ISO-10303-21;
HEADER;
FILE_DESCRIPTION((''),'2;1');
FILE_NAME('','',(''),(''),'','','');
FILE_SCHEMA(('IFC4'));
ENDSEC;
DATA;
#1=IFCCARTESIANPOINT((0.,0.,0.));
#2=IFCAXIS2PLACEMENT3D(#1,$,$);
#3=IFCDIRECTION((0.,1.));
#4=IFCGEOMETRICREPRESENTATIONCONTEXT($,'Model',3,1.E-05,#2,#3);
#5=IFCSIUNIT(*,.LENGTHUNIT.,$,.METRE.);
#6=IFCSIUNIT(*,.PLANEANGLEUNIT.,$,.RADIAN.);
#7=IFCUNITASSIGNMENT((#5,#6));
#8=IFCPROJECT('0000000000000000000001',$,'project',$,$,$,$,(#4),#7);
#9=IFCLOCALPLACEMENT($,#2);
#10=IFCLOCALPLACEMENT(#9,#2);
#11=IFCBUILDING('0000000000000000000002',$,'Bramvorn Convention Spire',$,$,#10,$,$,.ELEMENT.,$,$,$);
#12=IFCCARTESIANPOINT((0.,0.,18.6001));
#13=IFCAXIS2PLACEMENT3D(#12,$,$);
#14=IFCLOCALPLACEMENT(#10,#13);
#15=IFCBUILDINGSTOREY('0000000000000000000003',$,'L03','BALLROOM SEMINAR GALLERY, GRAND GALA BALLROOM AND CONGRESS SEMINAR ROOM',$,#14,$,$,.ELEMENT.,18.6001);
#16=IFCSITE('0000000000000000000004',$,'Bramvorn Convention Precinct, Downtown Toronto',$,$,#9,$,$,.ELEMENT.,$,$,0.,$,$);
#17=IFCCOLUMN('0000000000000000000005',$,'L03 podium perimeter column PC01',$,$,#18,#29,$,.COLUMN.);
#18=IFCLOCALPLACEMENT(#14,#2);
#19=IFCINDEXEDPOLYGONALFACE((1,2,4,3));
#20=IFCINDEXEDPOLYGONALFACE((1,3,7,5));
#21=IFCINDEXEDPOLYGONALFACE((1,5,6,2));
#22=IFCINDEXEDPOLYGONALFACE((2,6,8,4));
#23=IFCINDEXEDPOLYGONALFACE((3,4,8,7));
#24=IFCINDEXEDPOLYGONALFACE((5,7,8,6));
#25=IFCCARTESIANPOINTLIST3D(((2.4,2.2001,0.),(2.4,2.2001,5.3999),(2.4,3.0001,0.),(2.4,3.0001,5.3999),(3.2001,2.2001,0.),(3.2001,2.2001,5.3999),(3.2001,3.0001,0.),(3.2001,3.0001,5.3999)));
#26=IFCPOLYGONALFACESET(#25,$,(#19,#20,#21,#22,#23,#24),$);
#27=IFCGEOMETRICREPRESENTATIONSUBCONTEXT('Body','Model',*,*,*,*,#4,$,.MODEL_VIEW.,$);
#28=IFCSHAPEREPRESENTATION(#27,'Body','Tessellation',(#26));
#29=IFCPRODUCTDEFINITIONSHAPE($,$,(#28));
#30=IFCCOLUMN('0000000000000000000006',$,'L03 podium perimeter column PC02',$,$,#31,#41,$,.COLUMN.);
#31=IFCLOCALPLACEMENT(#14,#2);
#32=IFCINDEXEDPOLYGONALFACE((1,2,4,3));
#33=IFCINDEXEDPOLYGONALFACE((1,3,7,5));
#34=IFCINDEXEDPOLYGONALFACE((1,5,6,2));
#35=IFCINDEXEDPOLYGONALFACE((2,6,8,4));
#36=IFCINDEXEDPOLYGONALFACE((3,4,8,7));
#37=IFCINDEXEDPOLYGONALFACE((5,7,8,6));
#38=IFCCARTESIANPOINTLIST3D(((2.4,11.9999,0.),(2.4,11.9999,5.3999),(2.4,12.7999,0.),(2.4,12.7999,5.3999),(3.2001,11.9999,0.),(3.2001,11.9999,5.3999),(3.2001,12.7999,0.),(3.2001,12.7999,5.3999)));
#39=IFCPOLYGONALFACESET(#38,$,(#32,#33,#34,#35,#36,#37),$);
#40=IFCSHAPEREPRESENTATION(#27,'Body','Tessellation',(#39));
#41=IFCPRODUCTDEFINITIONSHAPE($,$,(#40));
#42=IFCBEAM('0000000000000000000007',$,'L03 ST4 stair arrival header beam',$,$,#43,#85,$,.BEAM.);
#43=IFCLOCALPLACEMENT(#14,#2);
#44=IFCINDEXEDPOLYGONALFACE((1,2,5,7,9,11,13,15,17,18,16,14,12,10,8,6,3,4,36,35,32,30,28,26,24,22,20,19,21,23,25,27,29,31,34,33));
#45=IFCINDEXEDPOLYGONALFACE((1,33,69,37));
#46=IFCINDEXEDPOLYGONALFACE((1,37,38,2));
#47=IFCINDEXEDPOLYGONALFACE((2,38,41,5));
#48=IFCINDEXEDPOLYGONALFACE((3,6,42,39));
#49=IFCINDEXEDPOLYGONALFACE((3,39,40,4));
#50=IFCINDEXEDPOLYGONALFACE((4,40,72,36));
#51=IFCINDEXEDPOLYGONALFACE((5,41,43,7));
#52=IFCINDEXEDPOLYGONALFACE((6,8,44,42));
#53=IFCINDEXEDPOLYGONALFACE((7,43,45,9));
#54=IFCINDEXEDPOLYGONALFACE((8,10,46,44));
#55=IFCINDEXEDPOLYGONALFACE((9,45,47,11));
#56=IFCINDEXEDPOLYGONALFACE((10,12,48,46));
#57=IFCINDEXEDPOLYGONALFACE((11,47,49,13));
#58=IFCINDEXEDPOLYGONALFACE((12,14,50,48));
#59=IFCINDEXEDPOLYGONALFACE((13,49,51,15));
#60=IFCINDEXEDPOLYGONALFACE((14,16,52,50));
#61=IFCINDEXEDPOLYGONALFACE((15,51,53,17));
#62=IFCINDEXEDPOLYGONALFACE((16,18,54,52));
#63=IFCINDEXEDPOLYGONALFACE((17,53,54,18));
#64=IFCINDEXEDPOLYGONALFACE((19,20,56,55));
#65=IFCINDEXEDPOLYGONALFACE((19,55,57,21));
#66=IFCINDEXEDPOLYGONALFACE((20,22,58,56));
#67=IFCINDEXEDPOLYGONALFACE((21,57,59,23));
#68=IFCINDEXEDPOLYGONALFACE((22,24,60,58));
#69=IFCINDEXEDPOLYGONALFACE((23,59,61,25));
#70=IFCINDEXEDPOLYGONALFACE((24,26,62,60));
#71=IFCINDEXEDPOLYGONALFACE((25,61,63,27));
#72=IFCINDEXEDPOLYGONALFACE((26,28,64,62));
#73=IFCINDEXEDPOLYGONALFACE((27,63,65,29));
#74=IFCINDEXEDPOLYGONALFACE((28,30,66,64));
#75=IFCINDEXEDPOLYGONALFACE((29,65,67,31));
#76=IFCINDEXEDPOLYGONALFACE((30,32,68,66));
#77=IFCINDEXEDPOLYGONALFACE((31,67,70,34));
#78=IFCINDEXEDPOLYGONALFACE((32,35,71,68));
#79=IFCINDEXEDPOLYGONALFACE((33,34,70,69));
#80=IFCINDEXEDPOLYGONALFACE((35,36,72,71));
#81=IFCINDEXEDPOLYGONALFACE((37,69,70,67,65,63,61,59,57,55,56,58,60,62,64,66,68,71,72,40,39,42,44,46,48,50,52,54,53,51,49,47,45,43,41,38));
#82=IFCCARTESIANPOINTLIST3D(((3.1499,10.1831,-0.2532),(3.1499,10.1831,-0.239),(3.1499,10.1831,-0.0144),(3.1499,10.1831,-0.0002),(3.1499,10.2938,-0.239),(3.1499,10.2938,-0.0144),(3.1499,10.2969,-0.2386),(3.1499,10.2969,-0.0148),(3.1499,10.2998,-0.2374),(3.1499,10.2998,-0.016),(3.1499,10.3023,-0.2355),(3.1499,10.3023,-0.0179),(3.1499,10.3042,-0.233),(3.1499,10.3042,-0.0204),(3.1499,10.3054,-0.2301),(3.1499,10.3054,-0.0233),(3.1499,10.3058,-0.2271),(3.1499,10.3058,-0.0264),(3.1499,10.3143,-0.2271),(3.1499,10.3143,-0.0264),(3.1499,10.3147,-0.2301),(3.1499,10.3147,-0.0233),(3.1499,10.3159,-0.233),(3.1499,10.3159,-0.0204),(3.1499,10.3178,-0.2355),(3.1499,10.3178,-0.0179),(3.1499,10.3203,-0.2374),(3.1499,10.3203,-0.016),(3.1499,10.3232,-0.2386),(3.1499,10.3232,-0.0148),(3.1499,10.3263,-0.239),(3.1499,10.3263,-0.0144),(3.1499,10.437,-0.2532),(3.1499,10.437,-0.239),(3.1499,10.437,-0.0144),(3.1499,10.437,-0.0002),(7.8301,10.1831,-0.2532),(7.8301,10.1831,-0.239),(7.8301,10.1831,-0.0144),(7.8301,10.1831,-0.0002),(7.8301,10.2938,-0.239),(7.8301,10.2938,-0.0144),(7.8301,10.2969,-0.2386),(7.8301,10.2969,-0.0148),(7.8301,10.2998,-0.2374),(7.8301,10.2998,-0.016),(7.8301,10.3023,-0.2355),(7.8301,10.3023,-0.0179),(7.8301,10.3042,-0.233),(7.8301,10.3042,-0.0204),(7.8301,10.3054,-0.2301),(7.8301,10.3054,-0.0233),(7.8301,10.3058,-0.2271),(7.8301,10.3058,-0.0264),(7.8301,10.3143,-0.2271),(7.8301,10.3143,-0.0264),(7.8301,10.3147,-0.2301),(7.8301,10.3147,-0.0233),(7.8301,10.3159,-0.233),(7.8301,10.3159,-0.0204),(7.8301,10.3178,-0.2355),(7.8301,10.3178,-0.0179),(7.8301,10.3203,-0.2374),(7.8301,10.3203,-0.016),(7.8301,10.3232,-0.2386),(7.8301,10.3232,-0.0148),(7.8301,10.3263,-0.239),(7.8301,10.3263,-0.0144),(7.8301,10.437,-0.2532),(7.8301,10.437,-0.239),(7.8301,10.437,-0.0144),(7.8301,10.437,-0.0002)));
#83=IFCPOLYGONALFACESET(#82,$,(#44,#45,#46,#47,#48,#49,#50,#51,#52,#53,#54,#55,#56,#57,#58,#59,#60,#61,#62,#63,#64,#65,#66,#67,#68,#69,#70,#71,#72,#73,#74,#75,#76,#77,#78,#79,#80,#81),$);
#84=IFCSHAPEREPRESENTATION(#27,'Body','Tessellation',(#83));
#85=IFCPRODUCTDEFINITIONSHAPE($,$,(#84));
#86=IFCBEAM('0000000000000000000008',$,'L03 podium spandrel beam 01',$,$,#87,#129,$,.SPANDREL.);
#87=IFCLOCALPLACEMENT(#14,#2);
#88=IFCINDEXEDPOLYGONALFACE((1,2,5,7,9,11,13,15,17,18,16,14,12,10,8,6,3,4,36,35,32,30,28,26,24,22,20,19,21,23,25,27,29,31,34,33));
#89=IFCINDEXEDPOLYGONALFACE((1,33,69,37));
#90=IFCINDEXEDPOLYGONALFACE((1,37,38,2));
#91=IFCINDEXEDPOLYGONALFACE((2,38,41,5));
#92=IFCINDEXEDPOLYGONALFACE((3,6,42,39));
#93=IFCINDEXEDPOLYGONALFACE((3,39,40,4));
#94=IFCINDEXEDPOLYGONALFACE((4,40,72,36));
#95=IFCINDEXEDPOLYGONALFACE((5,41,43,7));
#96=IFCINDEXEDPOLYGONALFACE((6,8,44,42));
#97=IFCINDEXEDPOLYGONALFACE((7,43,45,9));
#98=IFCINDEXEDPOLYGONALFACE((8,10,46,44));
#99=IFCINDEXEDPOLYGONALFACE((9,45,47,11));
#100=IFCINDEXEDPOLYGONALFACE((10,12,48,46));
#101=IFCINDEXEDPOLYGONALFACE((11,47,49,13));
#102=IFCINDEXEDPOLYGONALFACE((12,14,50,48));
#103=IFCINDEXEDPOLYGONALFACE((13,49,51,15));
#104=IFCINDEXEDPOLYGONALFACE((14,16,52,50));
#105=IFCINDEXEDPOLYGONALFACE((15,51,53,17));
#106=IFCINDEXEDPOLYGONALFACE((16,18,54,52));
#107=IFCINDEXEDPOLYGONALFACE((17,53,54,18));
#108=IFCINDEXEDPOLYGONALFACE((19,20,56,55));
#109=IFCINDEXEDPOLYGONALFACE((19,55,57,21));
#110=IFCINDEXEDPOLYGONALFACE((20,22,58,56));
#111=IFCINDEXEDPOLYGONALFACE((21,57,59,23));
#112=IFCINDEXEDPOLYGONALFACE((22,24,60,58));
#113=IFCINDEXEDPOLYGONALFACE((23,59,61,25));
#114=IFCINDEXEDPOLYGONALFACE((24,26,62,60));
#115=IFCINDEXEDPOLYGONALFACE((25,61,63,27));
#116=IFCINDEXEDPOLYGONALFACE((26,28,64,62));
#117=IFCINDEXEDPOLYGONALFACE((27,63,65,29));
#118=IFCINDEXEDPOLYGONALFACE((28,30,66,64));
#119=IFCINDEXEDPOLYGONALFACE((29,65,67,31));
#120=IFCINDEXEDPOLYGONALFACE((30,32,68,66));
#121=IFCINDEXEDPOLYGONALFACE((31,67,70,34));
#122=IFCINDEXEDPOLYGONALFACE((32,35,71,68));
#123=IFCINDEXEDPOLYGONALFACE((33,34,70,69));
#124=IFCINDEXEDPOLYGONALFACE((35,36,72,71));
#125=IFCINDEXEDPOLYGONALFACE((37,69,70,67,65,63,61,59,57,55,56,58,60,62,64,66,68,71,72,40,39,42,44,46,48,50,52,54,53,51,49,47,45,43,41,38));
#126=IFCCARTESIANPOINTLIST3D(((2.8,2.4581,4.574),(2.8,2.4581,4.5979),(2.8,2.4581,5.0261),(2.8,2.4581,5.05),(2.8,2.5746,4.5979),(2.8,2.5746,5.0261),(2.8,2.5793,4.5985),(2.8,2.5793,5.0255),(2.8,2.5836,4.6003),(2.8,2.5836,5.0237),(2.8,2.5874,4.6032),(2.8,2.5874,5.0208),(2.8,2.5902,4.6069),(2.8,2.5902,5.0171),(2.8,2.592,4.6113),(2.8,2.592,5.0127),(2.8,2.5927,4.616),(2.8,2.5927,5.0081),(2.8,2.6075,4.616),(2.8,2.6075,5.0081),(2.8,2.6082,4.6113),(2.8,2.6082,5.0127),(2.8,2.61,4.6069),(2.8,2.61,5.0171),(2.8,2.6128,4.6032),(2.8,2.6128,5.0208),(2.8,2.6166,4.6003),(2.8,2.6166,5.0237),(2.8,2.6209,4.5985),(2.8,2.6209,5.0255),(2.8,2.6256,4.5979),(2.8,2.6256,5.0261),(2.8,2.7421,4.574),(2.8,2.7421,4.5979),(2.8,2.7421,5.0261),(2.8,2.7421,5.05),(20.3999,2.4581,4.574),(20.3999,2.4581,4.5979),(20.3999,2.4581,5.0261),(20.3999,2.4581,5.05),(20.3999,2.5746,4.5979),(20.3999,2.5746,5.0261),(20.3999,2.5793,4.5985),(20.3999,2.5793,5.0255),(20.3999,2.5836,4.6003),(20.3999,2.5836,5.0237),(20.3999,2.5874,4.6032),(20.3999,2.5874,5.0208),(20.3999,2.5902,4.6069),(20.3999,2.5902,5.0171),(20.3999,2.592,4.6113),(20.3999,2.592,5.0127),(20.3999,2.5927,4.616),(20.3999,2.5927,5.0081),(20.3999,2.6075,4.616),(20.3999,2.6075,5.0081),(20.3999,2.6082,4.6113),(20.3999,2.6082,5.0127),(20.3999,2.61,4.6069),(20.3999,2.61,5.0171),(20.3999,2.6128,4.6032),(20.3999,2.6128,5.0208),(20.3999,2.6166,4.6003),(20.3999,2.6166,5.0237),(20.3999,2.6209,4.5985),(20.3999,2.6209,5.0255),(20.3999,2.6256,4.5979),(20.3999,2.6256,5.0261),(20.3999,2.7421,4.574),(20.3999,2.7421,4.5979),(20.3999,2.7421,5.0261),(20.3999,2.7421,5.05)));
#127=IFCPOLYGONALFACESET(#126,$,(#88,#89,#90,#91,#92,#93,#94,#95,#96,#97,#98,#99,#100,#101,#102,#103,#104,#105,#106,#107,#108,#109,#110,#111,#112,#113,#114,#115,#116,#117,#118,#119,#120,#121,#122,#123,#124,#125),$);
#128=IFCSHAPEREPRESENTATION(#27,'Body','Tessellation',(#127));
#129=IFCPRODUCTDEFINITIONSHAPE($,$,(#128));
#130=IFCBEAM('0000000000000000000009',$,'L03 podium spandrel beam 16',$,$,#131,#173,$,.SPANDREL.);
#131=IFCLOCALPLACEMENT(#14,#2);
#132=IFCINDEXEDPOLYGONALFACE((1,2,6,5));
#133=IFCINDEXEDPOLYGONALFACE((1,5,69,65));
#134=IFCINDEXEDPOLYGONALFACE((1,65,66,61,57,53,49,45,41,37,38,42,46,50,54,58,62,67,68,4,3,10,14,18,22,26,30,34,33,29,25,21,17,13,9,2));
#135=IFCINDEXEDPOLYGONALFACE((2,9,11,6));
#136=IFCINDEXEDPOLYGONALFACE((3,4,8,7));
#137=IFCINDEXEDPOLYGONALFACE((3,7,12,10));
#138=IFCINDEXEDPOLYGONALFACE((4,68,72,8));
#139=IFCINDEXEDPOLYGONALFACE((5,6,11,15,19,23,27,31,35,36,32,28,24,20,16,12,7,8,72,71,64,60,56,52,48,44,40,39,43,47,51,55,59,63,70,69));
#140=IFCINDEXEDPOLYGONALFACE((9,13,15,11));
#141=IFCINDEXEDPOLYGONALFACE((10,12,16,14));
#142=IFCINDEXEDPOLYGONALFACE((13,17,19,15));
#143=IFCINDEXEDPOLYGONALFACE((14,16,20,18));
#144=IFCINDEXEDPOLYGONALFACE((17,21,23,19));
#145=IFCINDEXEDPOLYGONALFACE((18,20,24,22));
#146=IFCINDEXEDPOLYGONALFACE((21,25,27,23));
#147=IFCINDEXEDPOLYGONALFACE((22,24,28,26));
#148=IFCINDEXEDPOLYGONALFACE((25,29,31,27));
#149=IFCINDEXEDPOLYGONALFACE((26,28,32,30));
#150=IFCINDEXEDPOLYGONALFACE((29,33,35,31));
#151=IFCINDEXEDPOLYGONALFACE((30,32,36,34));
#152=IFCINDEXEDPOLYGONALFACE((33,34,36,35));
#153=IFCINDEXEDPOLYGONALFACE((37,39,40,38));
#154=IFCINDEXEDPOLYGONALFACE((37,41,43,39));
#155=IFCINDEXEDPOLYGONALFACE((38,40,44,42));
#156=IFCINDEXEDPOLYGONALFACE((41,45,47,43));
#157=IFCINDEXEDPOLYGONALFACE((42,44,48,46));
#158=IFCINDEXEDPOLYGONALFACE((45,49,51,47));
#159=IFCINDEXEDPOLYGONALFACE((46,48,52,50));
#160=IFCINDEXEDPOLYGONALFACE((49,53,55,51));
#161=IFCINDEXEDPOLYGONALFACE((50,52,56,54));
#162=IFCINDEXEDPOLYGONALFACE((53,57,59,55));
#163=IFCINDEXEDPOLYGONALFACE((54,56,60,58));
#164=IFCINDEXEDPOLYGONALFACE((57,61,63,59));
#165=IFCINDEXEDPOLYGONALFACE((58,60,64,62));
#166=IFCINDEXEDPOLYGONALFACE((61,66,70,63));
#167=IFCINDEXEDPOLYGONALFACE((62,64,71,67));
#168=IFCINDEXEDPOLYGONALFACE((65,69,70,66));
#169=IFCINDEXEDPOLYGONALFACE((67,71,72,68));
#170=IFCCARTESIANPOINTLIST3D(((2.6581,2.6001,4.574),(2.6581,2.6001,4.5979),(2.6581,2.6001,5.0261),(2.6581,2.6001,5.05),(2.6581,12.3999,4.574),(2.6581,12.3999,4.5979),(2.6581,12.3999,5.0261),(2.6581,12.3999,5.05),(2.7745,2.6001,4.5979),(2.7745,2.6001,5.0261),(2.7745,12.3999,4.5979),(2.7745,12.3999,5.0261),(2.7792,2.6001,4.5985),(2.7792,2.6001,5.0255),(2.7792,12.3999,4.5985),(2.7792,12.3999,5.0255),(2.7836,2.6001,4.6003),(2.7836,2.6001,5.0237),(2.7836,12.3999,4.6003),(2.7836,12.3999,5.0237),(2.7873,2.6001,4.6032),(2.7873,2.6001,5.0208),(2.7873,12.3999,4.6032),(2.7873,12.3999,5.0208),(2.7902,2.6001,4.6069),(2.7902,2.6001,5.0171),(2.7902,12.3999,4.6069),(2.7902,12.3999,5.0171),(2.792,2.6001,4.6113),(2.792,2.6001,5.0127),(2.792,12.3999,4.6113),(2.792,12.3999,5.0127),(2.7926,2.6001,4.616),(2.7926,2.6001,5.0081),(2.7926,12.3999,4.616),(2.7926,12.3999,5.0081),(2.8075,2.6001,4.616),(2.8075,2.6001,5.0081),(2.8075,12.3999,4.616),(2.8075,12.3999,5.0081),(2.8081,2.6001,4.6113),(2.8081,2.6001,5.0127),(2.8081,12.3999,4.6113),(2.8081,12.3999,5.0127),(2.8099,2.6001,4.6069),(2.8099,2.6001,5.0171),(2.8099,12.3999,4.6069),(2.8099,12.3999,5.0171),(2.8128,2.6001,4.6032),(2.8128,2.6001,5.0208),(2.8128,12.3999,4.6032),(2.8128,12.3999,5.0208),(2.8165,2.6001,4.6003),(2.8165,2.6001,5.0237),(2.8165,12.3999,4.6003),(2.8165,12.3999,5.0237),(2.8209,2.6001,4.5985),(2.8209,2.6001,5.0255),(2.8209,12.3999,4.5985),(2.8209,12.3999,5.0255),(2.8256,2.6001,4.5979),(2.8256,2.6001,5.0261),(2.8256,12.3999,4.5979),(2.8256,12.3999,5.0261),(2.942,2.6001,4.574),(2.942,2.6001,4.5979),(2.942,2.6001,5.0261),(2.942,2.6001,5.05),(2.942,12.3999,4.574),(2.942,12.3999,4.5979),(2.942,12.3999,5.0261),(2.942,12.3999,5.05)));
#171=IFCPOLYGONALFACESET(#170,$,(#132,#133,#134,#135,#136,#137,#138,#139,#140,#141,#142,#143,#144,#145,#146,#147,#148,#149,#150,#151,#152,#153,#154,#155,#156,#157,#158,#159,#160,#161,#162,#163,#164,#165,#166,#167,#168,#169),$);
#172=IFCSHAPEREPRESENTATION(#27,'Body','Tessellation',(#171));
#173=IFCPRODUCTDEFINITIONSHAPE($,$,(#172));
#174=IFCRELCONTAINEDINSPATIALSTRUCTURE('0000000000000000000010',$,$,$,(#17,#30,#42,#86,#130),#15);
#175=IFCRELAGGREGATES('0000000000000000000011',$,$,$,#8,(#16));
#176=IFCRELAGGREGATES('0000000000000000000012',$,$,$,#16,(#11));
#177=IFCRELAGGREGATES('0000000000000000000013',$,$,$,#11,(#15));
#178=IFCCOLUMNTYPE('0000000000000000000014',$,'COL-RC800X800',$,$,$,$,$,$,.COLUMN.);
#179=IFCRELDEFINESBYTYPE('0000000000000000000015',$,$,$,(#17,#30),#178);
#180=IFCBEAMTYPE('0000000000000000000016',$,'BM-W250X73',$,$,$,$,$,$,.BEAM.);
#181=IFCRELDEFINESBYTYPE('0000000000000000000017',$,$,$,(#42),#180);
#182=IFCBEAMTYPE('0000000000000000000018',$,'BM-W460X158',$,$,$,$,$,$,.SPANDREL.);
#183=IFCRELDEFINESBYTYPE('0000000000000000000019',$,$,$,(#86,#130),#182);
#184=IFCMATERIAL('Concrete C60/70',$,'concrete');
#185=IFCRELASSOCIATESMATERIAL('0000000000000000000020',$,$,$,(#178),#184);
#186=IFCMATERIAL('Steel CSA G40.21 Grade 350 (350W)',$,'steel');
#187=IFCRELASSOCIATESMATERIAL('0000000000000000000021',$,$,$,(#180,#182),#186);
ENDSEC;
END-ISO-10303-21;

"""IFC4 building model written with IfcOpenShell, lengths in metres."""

from ifc_helpers import new_model, si_unit, direction, frame, origin, origin_2d, place, context, subcontext, project, spatial, rectangle, i_section, extrude, material, material_profile, profile_set, type_object, element, save


model = new_model("IFC4")

# Units and contexts
model_context = context("Model", 3, precision=1e-05, world=origin(), true_north=direction((0.0, 1.0)))
body_context = subcontext(model_context, "Body", "Model", "MODEL_VIEW")
ifc_project = project(units=[si_unit("LENGTHUNIT", "METRE"), si_unit("PLANEANGLEUNIT", "RADIAN")], contexts=[model_context])

# Site, building, storey
site_placement = place(None, origin())
site = spatial("IfcSite", under=ifc_project, at=site_placement, Name="Bramvorn Convention Precinct, Downtown Toronto", CompositionType="ELEMENT", RefElevation=0.0)
building_placement = place(site_placement, origin())
building = spatial("IfcBuilding", under=site, at=building_placement, Name="Bramvorn Convention Spire", CompositionType="ELEMENT")
storey_placement = place(building_placement, frame((0.0, 0.0, 18.6001)))
storey = spatial("IfcBuildingStorey", under=building, at=storey_placement, Name="L03", Description="BALLROOM SEMINAR GALLERY, GRAND GALA BALLROOM AND CONGRESS SEMINAR ROOM", CompositionType="ELEMENT", Elevation=18.6001)

# Columns
ifc_material_1 = material(Name="Concrete C60/70", Category="concrete")
ifc_material_profile_1 = material_profile(ifc_material_1, rectangle(XDim=0.8, YDim=0.8, at=origin_2d()))
ifc_profile_set_1 = profile_set([ifc_material_profile_1], Name="Concrete C60/70 - RC800X800")
column_type = type_object("IfcColumnType", Name="COL-RC800X800", PredefinedType="COLUMN", material=ifc_profile_set_1)
for number, where, z_axis, x_axis, name in (
    (1, (2.8, 2.6001, 0.0), (0.0, 0.0, 1.0), (1.0, 0.0, 0.0), "L03 podium perimeter column PC01"),
    (2, (2.8, 12.3999, 0.0), (0.0, 0.0, 1.0), (1.0, 0.0, 0.0), "L03 podium perimeter column PC02"),
):
    element("IfcColumn", number, at=place(storey_placement, frame(where, z_axis=z_axis, x_axis=x_axis)), inside=storey, type_object=column_type, Name=name, PredefinedType="COLUMN", context=body_context, shape_type="SweptSolid", body=[
        extrude(rectangle(XDim=0.8, YDim=0.8, at=origin_2d()), origin(), (0.0, 0.0, 1.0), 5.3999),
    ])

# Beams
ifc_material_2 = material(Name="Steel CSA G40.21 Grade 350 (350W)", Category="steel")
ifc_material_profile_2 = material_profile(ifc_material_2, i_section(OverallWidth=0.2539, OverallDepth=0.2529, WebThickness=0.0085, FlangeThickness=0.0142, FilletRadius=0.012, at=origin_2d()))
ifc_profile_set_2 = profile_set([ifc_material_profile_2], Name="Steel CSA G40.21 Grade 350 (350W) - W250X73")
beam_type_1 = type_object("IfcBeamType", Name="BM-W250X73", PredefinedType="BEAM", material=ifc_profile_set_2)
beam_1_placement = place(storey_placement, frame((3.1499, 10.3101, -0.1267), z_axis=(1.0, 0.0, 0.0), x_axis=(0.0, 1.0, 0.0)))
element("IfcBeam", 3, at=beam_1_placement, inside=storey, type_object=beam_type_1, Name="L03 ST4 stair arrival header beam", PredefinedType="BEAM", context=body_context, shape_type="SweptSolid", body=[
    extrude(i_section(OverallWidth=0.2539, OverallDepth=0.2529, WebThickness=0.0085, FlangeThickness=0.0142, FilletRadius=0.012, at=origin_2d()), origin(), (0.0, 0.0, 1.0), 4.6802),
])
ifc_material_profile_3 = material_profile(ifc_material_2, i_section(OverallWidth=0.2839, OverallDepth=0.4761, WebThickness=0.0149, FlangeThickness=0.0239, FilletRadius=0.0181, at=origin_2d()))
ifc_profile_set_3 = profile_set([ifc_material_profile_3], Name="Steel CSA G40.21 Grade 350 (350W) - W460X158")
beam_type_2 = type_object("IfcBeamType", Name="BM-W460X158", PredefinedType="SPANDREL", material=ifc_profile_set_3)
beam_2_placement = place(storey_placement, frame((2.8, 2.6001, 4.812), z_axis=(1.0, 0.0, 0.0), x_axis=(0.0, 1.0, 0.0)))
element("IfcBeam", 4, at=beam_2_placement, inside=storey, type_object=beam_type_2, Name="L03 podium spandrel beam 01", PredefinedType="SPANDREL", context=body_context, shape_type="SweptSolid", body=[
    extrude(i_section(OverallWidth=0.2839, OverallDepth=0.4761, WebThickness=0.0149, FlangeThickness=0.0239, FilletRadius=0.0181, at=origin_2d()), origin(), (0.0, 0.0, 1.0), 17.5999),
])
beam_3_placement = place(storey_placement, frame((2.8, 12.3999, 4.812), z_axis=(0.0, -1.0, 0.0), x_axis=(1.0, 0.0, 0.0)))
element("IfcBeam", 5, at=beam_3_placement, inside=storey, type_object=beam_type_2, Name="L03 podium spandrel beam 16", PredefinedType="SPANDREL", context=body_context, shape_type="SweptSolid", body=[
    extrude(i_section(OverallWidth=0.2839, OverallDepth=0.4761, WebThickness=0.0149, FlangeThickness=0.0239, FilletRadius=0.0181, at=origin_2d()), origin(), (0.0, 0.0, 1.0), 9.7998),
])

save(model, "model.ifc")
